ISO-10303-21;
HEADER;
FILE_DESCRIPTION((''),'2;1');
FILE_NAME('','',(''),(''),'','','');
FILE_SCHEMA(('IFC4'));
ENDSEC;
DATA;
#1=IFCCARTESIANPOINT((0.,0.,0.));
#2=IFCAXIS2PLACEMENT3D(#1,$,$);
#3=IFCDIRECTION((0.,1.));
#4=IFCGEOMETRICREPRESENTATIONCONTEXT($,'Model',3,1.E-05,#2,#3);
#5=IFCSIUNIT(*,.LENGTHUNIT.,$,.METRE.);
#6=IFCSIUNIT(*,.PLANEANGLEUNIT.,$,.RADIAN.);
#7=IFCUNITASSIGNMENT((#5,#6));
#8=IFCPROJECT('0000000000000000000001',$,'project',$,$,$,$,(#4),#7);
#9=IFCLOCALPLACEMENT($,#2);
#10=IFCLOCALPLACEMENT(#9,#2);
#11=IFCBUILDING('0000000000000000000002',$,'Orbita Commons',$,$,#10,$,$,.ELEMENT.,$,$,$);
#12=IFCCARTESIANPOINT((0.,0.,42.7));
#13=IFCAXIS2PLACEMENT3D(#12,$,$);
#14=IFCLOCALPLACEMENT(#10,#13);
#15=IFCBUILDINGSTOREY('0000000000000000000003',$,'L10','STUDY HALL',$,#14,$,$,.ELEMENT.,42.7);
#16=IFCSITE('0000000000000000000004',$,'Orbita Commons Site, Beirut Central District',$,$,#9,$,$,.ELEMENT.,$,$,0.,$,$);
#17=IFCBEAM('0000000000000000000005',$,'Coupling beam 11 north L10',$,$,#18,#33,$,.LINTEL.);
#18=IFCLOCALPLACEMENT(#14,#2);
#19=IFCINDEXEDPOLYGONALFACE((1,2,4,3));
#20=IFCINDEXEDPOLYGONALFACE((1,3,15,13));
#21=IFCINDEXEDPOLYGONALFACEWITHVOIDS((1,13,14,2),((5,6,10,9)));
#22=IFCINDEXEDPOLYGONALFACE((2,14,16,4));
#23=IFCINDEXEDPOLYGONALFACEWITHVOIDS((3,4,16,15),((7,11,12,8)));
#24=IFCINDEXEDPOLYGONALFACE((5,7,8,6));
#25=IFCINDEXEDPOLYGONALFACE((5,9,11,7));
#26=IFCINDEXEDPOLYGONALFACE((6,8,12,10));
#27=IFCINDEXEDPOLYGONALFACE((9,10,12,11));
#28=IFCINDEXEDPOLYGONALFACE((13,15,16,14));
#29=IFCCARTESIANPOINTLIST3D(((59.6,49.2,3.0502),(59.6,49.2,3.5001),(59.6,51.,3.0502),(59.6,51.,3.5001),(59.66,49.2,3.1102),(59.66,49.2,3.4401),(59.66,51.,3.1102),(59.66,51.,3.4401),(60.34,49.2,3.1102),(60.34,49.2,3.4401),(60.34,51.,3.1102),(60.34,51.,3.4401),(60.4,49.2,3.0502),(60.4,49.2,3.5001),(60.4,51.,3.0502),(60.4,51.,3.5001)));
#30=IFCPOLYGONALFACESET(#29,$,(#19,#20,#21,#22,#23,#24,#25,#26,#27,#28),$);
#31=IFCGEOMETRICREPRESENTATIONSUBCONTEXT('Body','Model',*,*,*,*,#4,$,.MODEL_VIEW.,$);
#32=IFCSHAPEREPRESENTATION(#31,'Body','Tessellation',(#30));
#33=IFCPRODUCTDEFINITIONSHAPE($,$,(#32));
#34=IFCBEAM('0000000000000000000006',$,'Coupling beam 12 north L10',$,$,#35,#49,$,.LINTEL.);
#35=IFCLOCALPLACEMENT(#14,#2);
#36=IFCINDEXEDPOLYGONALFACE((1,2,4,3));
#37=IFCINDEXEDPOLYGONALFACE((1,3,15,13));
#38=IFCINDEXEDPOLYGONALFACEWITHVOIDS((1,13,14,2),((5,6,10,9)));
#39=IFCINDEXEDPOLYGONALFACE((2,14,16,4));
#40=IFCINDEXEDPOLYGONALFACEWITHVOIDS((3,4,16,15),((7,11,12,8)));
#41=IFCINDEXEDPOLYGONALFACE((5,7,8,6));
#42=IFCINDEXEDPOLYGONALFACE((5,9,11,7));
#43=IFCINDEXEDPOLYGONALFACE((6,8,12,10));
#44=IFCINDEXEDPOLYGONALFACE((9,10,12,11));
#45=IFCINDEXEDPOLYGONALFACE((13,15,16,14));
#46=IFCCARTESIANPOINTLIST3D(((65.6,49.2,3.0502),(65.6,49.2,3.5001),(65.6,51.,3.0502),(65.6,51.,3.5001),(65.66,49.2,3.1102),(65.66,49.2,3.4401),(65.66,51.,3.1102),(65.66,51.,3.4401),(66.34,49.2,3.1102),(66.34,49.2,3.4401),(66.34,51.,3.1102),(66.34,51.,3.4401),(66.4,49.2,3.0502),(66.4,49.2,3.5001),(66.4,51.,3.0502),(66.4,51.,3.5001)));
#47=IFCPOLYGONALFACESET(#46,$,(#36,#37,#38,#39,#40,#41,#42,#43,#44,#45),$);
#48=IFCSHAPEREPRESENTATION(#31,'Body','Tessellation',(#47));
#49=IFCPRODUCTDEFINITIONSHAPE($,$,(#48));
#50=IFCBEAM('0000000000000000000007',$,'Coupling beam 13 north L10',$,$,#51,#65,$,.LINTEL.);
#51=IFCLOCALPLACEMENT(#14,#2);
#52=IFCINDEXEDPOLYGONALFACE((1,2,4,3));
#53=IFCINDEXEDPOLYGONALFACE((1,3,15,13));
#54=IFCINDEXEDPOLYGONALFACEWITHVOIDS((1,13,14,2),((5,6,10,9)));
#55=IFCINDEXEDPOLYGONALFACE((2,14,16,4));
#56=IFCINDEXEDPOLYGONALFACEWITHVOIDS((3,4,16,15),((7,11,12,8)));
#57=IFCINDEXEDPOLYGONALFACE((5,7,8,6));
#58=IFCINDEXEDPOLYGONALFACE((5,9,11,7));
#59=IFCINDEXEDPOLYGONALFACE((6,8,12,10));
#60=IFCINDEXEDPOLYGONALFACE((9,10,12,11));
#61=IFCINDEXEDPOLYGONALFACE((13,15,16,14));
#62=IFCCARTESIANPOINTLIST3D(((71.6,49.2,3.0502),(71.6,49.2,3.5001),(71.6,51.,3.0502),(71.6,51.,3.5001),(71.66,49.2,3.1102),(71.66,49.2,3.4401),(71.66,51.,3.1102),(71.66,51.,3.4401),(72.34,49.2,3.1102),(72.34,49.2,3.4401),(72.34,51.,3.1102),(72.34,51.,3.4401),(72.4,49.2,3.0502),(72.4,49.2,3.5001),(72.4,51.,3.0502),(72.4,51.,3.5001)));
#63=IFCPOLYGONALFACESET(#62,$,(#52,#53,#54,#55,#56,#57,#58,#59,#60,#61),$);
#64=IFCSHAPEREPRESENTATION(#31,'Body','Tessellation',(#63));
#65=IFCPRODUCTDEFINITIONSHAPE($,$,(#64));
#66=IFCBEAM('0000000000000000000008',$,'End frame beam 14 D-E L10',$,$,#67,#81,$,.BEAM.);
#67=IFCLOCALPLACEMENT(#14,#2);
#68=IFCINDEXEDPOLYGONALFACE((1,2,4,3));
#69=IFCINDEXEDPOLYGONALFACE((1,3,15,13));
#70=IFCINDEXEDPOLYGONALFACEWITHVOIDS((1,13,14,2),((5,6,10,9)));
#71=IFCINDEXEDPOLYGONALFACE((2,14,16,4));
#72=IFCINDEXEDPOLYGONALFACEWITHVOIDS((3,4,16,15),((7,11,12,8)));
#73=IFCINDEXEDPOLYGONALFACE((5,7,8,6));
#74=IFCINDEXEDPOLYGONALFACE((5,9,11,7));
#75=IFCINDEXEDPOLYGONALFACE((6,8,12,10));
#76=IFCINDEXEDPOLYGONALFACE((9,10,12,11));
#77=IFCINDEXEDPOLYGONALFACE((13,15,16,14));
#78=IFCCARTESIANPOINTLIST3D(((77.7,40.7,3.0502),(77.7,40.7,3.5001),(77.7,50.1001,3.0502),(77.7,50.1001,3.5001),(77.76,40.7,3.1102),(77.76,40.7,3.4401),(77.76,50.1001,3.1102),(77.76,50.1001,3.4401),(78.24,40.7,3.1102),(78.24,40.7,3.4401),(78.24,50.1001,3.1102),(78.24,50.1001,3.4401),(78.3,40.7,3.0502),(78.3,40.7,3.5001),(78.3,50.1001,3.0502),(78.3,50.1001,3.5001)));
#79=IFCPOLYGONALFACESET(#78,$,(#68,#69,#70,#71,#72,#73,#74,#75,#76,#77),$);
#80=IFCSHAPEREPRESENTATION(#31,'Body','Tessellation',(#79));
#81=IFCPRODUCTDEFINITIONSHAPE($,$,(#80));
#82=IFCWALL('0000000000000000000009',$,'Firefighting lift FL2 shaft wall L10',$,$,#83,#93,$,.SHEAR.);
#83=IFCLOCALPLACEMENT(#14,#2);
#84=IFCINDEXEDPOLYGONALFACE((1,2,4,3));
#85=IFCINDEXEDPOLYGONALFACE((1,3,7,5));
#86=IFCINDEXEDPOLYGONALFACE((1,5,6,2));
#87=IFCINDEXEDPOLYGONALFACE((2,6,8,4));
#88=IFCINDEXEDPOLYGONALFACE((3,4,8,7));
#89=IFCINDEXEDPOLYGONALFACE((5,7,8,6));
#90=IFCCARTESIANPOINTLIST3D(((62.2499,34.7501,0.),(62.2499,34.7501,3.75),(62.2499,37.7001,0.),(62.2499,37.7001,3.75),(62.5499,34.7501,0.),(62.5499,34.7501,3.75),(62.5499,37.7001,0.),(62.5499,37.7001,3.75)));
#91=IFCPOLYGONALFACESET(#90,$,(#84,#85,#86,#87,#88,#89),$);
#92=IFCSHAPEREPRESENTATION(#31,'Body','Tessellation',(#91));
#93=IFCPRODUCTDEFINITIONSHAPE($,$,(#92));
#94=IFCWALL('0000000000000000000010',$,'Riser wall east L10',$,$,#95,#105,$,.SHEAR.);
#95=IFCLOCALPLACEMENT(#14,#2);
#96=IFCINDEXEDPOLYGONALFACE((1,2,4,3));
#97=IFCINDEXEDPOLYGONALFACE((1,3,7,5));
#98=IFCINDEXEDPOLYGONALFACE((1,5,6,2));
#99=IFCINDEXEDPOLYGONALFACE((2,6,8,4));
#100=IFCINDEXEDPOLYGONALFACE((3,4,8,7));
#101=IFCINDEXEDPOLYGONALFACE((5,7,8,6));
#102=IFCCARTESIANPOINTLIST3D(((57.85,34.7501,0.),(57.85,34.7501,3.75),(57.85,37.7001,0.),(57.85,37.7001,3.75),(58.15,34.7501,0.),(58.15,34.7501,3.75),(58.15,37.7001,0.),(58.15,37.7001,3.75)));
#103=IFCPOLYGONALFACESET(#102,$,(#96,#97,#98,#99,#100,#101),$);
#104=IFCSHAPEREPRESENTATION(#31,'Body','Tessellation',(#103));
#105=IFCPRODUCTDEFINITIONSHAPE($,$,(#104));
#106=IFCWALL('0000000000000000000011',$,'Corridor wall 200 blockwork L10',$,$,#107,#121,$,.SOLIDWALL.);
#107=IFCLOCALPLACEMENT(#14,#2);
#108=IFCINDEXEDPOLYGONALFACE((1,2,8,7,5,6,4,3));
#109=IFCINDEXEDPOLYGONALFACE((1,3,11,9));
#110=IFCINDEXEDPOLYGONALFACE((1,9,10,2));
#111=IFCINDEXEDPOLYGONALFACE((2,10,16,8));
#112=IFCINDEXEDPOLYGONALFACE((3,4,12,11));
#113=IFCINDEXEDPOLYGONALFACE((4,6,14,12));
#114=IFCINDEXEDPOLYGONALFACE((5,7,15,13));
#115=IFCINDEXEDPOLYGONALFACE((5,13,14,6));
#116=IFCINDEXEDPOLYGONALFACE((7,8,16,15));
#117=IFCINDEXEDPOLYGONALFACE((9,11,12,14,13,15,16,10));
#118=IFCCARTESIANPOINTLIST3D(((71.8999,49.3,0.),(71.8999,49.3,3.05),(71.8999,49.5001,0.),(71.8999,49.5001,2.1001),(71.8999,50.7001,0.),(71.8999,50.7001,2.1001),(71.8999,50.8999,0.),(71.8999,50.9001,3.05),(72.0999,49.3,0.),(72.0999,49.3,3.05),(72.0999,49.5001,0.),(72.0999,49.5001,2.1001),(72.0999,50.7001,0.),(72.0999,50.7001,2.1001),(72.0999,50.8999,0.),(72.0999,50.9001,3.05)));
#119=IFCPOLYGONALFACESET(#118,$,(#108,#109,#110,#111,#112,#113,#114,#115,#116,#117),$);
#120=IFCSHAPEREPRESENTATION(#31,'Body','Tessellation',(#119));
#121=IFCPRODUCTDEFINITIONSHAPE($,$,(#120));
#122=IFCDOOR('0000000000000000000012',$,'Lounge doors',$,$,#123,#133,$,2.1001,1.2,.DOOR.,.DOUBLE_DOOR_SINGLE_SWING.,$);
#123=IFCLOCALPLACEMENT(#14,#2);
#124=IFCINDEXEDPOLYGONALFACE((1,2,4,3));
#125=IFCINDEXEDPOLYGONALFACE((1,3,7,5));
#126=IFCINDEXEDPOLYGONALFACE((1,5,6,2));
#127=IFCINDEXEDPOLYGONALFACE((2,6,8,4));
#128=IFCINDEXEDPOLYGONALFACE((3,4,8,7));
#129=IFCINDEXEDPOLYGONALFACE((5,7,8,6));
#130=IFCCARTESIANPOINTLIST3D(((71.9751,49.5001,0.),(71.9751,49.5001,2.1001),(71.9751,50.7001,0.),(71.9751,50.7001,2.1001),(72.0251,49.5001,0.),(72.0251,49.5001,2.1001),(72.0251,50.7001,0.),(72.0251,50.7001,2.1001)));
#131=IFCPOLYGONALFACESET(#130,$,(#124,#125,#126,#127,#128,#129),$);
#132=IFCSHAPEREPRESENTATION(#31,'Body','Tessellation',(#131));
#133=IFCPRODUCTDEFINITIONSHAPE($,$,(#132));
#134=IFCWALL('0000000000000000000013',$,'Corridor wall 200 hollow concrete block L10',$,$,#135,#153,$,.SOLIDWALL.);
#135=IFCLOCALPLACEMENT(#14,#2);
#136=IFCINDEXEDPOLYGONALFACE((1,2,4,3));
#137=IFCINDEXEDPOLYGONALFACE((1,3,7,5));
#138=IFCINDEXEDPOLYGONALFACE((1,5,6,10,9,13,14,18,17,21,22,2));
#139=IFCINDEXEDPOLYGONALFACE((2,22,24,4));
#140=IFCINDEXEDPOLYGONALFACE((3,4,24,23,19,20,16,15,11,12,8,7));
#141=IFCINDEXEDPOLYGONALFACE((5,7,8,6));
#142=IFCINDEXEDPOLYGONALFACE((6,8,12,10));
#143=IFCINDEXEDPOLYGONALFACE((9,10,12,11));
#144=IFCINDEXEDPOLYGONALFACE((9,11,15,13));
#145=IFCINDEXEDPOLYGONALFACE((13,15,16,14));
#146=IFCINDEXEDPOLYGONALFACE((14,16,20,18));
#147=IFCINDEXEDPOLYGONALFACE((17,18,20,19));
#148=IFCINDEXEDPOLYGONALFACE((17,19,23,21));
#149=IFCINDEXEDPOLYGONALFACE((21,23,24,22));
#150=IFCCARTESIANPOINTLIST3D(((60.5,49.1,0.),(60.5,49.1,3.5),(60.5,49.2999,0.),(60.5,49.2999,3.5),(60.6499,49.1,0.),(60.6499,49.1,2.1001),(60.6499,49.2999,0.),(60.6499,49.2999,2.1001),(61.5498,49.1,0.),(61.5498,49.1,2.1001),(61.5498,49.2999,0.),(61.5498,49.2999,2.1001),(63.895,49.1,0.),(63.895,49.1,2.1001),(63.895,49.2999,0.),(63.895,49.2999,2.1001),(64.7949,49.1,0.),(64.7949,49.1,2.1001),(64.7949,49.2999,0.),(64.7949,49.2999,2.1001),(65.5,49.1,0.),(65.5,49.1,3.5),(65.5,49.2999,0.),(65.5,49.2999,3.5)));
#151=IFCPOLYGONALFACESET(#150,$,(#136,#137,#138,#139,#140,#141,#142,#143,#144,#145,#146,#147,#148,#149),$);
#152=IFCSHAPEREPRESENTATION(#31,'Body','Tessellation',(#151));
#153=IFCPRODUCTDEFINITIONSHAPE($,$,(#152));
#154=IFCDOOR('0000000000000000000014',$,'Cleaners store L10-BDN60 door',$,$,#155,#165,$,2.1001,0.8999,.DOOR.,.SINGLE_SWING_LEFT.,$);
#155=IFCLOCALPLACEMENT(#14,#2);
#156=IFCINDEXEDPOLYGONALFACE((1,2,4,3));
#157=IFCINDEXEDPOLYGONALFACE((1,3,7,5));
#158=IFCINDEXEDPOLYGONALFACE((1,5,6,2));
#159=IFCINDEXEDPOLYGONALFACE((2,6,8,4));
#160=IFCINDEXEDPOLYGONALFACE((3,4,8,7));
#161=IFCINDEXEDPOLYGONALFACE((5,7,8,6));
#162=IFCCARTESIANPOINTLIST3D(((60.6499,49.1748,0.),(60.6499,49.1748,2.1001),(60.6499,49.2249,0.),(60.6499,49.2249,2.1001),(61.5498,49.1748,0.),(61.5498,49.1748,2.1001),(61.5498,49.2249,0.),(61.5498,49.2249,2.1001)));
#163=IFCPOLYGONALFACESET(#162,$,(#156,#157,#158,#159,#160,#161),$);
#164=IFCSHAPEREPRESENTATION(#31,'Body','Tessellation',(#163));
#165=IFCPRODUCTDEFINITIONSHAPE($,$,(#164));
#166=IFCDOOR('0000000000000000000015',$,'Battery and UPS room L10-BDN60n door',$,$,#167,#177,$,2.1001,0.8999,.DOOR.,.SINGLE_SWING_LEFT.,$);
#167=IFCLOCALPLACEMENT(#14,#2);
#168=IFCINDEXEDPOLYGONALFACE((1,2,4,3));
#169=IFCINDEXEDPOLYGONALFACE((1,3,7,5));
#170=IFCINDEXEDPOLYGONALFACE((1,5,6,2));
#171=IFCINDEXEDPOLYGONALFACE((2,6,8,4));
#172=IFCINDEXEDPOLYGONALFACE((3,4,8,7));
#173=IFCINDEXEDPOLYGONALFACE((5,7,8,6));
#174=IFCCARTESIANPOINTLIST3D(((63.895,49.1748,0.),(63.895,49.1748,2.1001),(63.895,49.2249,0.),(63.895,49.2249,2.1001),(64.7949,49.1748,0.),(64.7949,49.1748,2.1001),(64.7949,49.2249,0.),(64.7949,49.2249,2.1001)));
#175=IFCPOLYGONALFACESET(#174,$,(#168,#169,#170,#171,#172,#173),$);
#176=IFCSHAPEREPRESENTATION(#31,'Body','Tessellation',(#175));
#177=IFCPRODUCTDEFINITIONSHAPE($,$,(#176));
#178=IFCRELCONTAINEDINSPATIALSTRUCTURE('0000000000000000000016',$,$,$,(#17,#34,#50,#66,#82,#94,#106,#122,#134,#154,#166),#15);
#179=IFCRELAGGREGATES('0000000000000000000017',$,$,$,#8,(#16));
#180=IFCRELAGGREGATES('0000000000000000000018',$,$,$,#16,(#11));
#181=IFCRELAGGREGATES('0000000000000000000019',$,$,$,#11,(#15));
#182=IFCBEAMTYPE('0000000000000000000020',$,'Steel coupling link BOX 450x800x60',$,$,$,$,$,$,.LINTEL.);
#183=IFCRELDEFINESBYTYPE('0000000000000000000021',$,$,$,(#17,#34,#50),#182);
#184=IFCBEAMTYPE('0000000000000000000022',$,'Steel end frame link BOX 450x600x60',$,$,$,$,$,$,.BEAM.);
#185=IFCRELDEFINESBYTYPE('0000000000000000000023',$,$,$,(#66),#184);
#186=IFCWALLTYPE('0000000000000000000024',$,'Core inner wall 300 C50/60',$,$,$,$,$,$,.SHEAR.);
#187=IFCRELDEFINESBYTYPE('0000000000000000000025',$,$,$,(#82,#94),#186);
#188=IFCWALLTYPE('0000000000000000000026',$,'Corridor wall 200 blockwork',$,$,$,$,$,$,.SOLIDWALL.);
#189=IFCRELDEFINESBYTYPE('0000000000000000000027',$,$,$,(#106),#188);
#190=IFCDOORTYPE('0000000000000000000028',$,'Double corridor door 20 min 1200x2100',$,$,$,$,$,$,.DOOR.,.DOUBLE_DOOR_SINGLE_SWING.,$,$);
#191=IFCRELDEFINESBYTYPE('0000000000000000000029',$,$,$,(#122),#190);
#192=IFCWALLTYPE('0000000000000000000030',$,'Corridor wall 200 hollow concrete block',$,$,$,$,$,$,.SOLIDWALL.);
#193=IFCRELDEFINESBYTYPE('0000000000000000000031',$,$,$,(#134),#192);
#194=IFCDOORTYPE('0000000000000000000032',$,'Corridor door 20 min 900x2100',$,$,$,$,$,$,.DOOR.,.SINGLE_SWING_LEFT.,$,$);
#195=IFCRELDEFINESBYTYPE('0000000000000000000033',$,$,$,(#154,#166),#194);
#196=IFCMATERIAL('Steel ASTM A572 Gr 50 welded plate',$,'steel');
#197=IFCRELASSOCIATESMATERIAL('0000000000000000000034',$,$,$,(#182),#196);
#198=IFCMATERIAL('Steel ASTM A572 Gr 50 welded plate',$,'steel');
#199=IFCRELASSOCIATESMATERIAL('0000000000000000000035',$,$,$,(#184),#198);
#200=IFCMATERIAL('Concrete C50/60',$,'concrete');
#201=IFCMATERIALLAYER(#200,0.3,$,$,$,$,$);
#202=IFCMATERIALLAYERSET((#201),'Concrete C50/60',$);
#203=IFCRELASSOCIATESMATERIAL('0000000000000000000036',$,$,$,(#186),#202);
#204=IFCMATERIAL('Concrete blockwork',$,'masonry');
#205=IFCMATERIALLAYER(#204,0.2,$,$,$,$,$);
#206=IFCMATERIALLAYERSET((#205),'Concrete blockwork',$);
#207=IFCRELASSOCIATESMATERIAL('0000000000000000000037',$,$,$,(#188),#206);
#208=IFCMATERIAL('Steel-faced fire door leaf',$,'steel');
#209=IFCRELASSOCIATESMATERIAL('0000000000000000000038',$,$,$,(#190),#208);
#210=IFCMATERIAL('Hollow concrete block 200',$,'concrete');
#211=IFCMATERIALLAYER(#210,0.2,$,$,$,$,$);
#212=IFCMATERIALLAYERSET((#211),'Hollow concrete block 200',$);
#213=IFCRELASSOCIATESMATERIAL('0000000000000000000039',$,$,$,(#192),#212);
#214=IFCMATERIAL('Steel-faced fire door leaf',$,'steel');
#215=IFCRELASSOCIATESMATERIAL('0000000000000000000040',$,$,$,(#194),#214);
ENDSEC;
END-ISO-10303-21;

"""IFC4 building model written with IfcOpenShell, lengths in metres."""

from ifc_helpers import new_model, si_unit, direction, frame, frame_2d, origin, origin_2d, place, context, subcontext, project, spatial, polyline, rectangle, hollow_rectangle, outline, extrude, material, layer, layer_set, material_profile, profile_set, type_object, element, fill, save


model = new_model("IFC4")

# Units and contexts
model_context = context("Model", 3, precision=1e-05, world=origin(), true_north=direction((0.0, 1.0)))
body_context = subcontext(model_context, "Body", "Model", "MODEL_VIEW")
ifc_project = project(units=[si_unit("LENGTHUNIT", "METRE"), si_unit("PLANEANGLEUNIT", "RADIAN")], contexts=[model_context])

# Site, building, storey
site_placement = place(None, origin())
site = spatial("IfcSite", under=ifc_project, at=site_placement, Name="Orbita Commons Site, Beirut Central District", CompositionType="ELEMENT", RefElevation=0.0)
building_placement = place(site_placement, origin())
building = spatial("IfcBuilding", under=site, at=building_placement, Name="Orbita Commons", CompositionType="ELEMENT")
storey_placement = place(building_placement, frame((0.0, 0.0, 42.7)))
storey = spatial("IfcBuildingStorey", under=building, at=storey_placement, Name="L10", Description="STUDY HALL", CompositionType="ELEMENT", Elevation=42.7)

# Beams
ifc_material_1 = material(Name="Steel ASTM A572 Gr 50 welded plate", Category="steel")
ifc_material_profile_1 = material_profile(ifc_material_1, hollow_rectangle(XDim=0.8, YDim=0.45, WallThickness=0.0601, at=origin_2d()), Name="BOX 450x800x60")
ifc_profile_set_1 = profile_set([ifc_material_profile_1], Name="Steel ASTM A572 Gr 50 welded plate")
beam_type_1 = type_object("IfcBeamType", Name="Steel coupling link BOX 450x800x60", PredefinedType="LINTEL", material=ifc_profile_set_1)
for number, where, z_axis, x_axis, name in (
    (1, (60.0, 49.2, 3.2751), (0.0, 1.0, 0.0), (-1.0, 0.0, 0.0), "Coupling beam 11 north L10"),
    (2, (66.0, 49.2, 3.2751), (0.0, 1.0, 0.0), (-1.0, 0.0, 0.0), "Coupling beam 12 north L10"),
    (3, (72.0, 49.2, 3.2751), (0.0, 1.0, 0.0), (-1.0, 0.0, 0.0), "Coupling beam 13 north L10"),
):
    element("IfcBeam", number, at=place(storey_placement, frame(where, z_axis=z_axis, x_axis=x_axis)), inside=storey, type_object=beam_type_1, Name=name, PredefinedType="LINTEL", context=body_context, shape_type="SweptSolid", body=[
        extrude(hollow_rectangle(XDim=0.8, YDim=0.45, WallThickness=0.0601, at=origin_2d()), origin(), (0.0, 0.0, 1.0), 1.8),
    ])
ifc_material_2 = material(Name="Steel ASTM A572 Gr 50 welded plate", Category="steel")
ifc_material_profile_2 = material_profile(ifc_material_2, hollow_rectangle(XDim=0.6001, YDim=0.45, WallThickness=0.0601, at=origin_2d()), Name="BOX 450x600x60")
ifc_profile_set_2 = profile_set([ifc_material_profile_2], Name="Steel ASTM A572 Gr 50 welded plate")
beam_type_2 = type_object("IfcBeamType", Name="Steel end frame link BOX 450x600x60", PredefinedType="BEAM", material=ifc_profile_set_2)
beam_placement = place(storey_placement, frame((78.0, 40.7, 3.2751), z_axis=(0.0, 1.0, 0.0), x_axis=(-1.0, 0.0, 0.0)))
element("IfcBeam", 4, at=beam_placement, inside=storey, type_object=beam_type_2, Name="End frame beam 14 D-E L10", PredefinedType="BEAM", context=body_context, shape_type="SweptSolid", body=[
    extrude(hollow_rectangle(XDim=0.6001, YDim=0.45, WallThickness=0.0601, at=origin_2d()), origin(), (0.0, 0.0, 1.0), 9.4001),
])

# Walls
ifc_material_3 = material(Name="Concrete C50/60", Category="concrete")
ifc_layer_1 = layer(ifc_material_3, 0.3)
ifc_layer_set_1 = layer_set([ifc_layer_1], Name="Concrete C50/60")
wall_type_1 = type_object("IfcWallType", Name="Core inner wall 300 C50/60", PredefinedType="SHEAR", material=ifc_layer_set_1)
for number, where, z_axis, x_axis, name in (
    (5, (62.3999, 34.75, 0.0), (0.0, 0.0, 1.0), (0.0, 1.0, 0.0), "Firefighting lift FL2 shaft wall L10"),
    (6, (58.0, 34.75, 0.0), (0.0, 0.0, 1.0), (0.0, 1.0, 0.0), "Riser wall east L10"),
):
    element("IfcWall", number, at=place(storey_placement, frame(where, z_axis=z_axis, x_axis=x_axis)), inside=storey, type_object=wall_type_1, Name=name, PredefinedType="SHEAR", context=body_context, shape_type="SweptSolid", body=[
        extrude(rectangle(XDim=2.95, YDim=0.3, at=frame_2d((1.4751, 0.0))), origin(), (0.0, 0.0, 1.0), 3.75),
    ])

# Wall, opening, door
ifc_material_4 = material(Name="Concrete blockwork", Category="masonry")
ifc_layer_2 = layer(ifc_material_4, 0.2)
ifc_layer_set_2 = layer_set([ifc_layer_2], Name="Concrete blockwork")
wall_type_2 = type_object("IfcWallType", Name="Corridor wall 200 blockwork", PredefinedType="SOLIDWALL", material=ifc_layer_set_2)
wall_1_placement = place(storey_placement, frame((72.0, 49.3, 0.0), z_axis=(0.0, 0.0, 1.0), x_axis=(0.0, 1.0, 0.0)))
wall_1 = element("IfcWall", 7, at=wall_1_placement, inside=storey, type_object=wall_type_2, Name="Corridor wall 200 blockwork L10", PredefinedType="SOLIDWALL", context=body_context, shape_type="SweptSolid", body=[
    extrude(outline(polyline([(0.0, 0.0), (1.5999, 0.0), (1.6001, 3.05), (0.0, 3.05), (0.0, 0.0)])), frame((0.0, 0.1001, 0.0), z_axis=(0.0, -1.0, 0.0), x_axis=(1.0, 0.0, 0.0)), (0.0, 0.0, 1.0), 0.2),
])
opening_1_placement = place(wall_1_placement, frame((0.2, 0.0, 0.0)))
opening_1 = element("IfcOpeningElement", 8, at=opening_1_placement, cuts=wall_1, PredefinedType="OPENING", context=body_context, shape_type="SweptSolid", body=[
    extrude(rectangle(XDim=1.2, YDim=2.1001, at=frame_2d((0.6001, 1.05))), frame((0.0, 0.1099, 0.0), z_axis=(0.0, -1.0, 0.0), x_axis=(1.0, 0.0, 0.0)), (0.0, 0.0, 1.0), 0.22),
])
ifc_material_5 = material(Name="Steel-faced fire door leaf", Category="steel")
door_type_1 = type_object("IfcDoorType", Name="Double corridor door 20 min 1200x2100", OperationType="DOUBLE_DOOR_SINGLE_SWING", PredefinedType="DOOR", material=ifc_material_5)
door_1_placement = place(opening_1_placement, origin())
door_1 = element("IfcDoor", 9, at=door_1_placement, inside=storey, type_object=door_type_1, Name="Lounge doors", OperationType="DOUBLE_DOOR_SINGLE_SWING", OverallHeight=2.1001, OverallWidth=1.2, PredefinedType="DOOR", context=body_context, shape_type="SweptSolid", body=[
    extrude(rectangle(XDim=1.2, YDim=2.1001, at=frame_2d((0.6001, 1.05))), frame((0.0, 0.0249, 0.0), z_axis=(0.0, -1.0, 0.0), x_axis=(1.0, 0.0, 0.0)), (0.0, 0.0, 1.0), 0.05),
])
fill(opening_1, door_1)

# Wall, openings, doors
ifc_material_6 = material(Name="Hollow concrete block 200", Category="concrete")
ifc_layer_3 = layer(ifc_material_6, 0.2)
ifc_layer_set_3 = layer_set([ifc_layer_3], Name="Hollow concrete block 200")
wall_type_3 = type_object("IfcWallType", Name="Corridor wall 200 hollow concrete block", PredefinedType="SOLIDWALL", material=ifc_layer_set_3)
wall_2_placement = place(storey_placement, frame((60.5, 49.2, 0.0), z_axis=(0.0, 0.0, 1.0), x_axis=(1.0, 0.0, 0.0)))
wall_2 = element("IfcWall", 10, at=wall_2_placement, inside=storey, type_object=wall_type_3, Name="Corridor wall 200 hollow concrete block L10", PredefinedType="SOLIDWALL", context=body_context, shape_type="SweptSolid", body=[
    extrude(rectangle(XDim=5.0, YDim=0.2, at=frame_2d((2.5, 0.0))), origin(), (0.0, 0.0, 1.0), 3.5),
])
opening_2_placement = place(wall_2_placement, frame((0.1499, 0.0, 0.0)))
opening_2 = element("IfcOpeningElement", 11, at=opening_2_placement, cuts=wall_2, PredefinedType="OPENING", context=body_context, shape_type="SweptSolid", body=[
    extrude(rectangle(XDim=0.8999, YDim=2.1001, at=frame_2d((0.45, 1.05))), frame((0.0, 0.1099, 0.0), z_axis=(0.0, -1.0, 0.0), x_axis=(1.0, 0.0, 0.0)), (0.0, 0.0, 1.0), 0.22),
])
opening_3_placement = place(wall_2_placement, frame((3.395, 0.0, 0.0)))
opening_3 = element("IfcOpeningElement", 12, at=opening_3_placement, cuts=wall_2, PredefinedType="OPENING", context=body_context, shape_type="SweptSolid", body=[
    extrude(rectangle(XDim=0.8999, YDim=2.1001, at=frame_2d((0.45, 1.05))), frame((0.0, 0.1099, 0.0), z_axis=(0.0, -1.0, 0.0), x_axis=(1.0, 0.0, 0.0)), (0.0, 0.0, 1.0), 0.22),
])
ifc_material_7 = material(Name="Steel-faced fire door leaf", Category="steel")
door_type_2 = type_object("IfcDoorType", Name="Corridor door 20 min 900x2100", OperationType="SINGLE_SWING_LEFT", PredefinedType="DOOR", material=ifc_material_7)
door_2_placement = place(opening_2_placement, origin())
door_2 = element("IfcDoor", 13, at=door_2_placement, inside=storey, type_object=door_type_2, Name="Cleaners store L10-BDN60 door", OperationType="SINGLE_SWING_LEFT", OverallHeight=2.1001, OverallWidth=0.8999, PredefinedType="DOOR", context=body_context, shape_type="SweptSolid", body=[
    extrude(rectangle(XDim=0.8999, YDim=2.1001, at=frame_2d((0.45, 1.05))), frame((0.0, 0.0249, 0.0), z_axis=(0.0, -1.0, 0.0), x_axis=(1.0, 0.0, 0.0)), (0.0, 0.0, 1.0), 0.05),
])
fill(opening_2, door_2)
door_3_placement = place(opening_3_placement, origin())
door_3 = element("IfcDoor", 14, at=door_3_placement, inside=storey, type_object=door_type_2, Name="Battery and UPS room L10-BDN60n door", OperationType="SINGLE_SWING_LEFT", OverallHeight=2.1001, OverallWidth=0.8999, PredefinedType="DOOR", context=body_context, shape_type="SweptSolid", body=[
    extrude(rectangle(XDim=0.8999, YDim=2.1001, at=frame_2d((0.45, 1.05))), frame((0.0, 0.0249, 0.0), z_axis=(0.0, -1.0, 0.0), x_axis=(1.0, 0.0, 0.0)), (0.0, 0.0, 1.0), 0.05),
])
fill(opening_3, door_3)

save(model, "model.ifc")
